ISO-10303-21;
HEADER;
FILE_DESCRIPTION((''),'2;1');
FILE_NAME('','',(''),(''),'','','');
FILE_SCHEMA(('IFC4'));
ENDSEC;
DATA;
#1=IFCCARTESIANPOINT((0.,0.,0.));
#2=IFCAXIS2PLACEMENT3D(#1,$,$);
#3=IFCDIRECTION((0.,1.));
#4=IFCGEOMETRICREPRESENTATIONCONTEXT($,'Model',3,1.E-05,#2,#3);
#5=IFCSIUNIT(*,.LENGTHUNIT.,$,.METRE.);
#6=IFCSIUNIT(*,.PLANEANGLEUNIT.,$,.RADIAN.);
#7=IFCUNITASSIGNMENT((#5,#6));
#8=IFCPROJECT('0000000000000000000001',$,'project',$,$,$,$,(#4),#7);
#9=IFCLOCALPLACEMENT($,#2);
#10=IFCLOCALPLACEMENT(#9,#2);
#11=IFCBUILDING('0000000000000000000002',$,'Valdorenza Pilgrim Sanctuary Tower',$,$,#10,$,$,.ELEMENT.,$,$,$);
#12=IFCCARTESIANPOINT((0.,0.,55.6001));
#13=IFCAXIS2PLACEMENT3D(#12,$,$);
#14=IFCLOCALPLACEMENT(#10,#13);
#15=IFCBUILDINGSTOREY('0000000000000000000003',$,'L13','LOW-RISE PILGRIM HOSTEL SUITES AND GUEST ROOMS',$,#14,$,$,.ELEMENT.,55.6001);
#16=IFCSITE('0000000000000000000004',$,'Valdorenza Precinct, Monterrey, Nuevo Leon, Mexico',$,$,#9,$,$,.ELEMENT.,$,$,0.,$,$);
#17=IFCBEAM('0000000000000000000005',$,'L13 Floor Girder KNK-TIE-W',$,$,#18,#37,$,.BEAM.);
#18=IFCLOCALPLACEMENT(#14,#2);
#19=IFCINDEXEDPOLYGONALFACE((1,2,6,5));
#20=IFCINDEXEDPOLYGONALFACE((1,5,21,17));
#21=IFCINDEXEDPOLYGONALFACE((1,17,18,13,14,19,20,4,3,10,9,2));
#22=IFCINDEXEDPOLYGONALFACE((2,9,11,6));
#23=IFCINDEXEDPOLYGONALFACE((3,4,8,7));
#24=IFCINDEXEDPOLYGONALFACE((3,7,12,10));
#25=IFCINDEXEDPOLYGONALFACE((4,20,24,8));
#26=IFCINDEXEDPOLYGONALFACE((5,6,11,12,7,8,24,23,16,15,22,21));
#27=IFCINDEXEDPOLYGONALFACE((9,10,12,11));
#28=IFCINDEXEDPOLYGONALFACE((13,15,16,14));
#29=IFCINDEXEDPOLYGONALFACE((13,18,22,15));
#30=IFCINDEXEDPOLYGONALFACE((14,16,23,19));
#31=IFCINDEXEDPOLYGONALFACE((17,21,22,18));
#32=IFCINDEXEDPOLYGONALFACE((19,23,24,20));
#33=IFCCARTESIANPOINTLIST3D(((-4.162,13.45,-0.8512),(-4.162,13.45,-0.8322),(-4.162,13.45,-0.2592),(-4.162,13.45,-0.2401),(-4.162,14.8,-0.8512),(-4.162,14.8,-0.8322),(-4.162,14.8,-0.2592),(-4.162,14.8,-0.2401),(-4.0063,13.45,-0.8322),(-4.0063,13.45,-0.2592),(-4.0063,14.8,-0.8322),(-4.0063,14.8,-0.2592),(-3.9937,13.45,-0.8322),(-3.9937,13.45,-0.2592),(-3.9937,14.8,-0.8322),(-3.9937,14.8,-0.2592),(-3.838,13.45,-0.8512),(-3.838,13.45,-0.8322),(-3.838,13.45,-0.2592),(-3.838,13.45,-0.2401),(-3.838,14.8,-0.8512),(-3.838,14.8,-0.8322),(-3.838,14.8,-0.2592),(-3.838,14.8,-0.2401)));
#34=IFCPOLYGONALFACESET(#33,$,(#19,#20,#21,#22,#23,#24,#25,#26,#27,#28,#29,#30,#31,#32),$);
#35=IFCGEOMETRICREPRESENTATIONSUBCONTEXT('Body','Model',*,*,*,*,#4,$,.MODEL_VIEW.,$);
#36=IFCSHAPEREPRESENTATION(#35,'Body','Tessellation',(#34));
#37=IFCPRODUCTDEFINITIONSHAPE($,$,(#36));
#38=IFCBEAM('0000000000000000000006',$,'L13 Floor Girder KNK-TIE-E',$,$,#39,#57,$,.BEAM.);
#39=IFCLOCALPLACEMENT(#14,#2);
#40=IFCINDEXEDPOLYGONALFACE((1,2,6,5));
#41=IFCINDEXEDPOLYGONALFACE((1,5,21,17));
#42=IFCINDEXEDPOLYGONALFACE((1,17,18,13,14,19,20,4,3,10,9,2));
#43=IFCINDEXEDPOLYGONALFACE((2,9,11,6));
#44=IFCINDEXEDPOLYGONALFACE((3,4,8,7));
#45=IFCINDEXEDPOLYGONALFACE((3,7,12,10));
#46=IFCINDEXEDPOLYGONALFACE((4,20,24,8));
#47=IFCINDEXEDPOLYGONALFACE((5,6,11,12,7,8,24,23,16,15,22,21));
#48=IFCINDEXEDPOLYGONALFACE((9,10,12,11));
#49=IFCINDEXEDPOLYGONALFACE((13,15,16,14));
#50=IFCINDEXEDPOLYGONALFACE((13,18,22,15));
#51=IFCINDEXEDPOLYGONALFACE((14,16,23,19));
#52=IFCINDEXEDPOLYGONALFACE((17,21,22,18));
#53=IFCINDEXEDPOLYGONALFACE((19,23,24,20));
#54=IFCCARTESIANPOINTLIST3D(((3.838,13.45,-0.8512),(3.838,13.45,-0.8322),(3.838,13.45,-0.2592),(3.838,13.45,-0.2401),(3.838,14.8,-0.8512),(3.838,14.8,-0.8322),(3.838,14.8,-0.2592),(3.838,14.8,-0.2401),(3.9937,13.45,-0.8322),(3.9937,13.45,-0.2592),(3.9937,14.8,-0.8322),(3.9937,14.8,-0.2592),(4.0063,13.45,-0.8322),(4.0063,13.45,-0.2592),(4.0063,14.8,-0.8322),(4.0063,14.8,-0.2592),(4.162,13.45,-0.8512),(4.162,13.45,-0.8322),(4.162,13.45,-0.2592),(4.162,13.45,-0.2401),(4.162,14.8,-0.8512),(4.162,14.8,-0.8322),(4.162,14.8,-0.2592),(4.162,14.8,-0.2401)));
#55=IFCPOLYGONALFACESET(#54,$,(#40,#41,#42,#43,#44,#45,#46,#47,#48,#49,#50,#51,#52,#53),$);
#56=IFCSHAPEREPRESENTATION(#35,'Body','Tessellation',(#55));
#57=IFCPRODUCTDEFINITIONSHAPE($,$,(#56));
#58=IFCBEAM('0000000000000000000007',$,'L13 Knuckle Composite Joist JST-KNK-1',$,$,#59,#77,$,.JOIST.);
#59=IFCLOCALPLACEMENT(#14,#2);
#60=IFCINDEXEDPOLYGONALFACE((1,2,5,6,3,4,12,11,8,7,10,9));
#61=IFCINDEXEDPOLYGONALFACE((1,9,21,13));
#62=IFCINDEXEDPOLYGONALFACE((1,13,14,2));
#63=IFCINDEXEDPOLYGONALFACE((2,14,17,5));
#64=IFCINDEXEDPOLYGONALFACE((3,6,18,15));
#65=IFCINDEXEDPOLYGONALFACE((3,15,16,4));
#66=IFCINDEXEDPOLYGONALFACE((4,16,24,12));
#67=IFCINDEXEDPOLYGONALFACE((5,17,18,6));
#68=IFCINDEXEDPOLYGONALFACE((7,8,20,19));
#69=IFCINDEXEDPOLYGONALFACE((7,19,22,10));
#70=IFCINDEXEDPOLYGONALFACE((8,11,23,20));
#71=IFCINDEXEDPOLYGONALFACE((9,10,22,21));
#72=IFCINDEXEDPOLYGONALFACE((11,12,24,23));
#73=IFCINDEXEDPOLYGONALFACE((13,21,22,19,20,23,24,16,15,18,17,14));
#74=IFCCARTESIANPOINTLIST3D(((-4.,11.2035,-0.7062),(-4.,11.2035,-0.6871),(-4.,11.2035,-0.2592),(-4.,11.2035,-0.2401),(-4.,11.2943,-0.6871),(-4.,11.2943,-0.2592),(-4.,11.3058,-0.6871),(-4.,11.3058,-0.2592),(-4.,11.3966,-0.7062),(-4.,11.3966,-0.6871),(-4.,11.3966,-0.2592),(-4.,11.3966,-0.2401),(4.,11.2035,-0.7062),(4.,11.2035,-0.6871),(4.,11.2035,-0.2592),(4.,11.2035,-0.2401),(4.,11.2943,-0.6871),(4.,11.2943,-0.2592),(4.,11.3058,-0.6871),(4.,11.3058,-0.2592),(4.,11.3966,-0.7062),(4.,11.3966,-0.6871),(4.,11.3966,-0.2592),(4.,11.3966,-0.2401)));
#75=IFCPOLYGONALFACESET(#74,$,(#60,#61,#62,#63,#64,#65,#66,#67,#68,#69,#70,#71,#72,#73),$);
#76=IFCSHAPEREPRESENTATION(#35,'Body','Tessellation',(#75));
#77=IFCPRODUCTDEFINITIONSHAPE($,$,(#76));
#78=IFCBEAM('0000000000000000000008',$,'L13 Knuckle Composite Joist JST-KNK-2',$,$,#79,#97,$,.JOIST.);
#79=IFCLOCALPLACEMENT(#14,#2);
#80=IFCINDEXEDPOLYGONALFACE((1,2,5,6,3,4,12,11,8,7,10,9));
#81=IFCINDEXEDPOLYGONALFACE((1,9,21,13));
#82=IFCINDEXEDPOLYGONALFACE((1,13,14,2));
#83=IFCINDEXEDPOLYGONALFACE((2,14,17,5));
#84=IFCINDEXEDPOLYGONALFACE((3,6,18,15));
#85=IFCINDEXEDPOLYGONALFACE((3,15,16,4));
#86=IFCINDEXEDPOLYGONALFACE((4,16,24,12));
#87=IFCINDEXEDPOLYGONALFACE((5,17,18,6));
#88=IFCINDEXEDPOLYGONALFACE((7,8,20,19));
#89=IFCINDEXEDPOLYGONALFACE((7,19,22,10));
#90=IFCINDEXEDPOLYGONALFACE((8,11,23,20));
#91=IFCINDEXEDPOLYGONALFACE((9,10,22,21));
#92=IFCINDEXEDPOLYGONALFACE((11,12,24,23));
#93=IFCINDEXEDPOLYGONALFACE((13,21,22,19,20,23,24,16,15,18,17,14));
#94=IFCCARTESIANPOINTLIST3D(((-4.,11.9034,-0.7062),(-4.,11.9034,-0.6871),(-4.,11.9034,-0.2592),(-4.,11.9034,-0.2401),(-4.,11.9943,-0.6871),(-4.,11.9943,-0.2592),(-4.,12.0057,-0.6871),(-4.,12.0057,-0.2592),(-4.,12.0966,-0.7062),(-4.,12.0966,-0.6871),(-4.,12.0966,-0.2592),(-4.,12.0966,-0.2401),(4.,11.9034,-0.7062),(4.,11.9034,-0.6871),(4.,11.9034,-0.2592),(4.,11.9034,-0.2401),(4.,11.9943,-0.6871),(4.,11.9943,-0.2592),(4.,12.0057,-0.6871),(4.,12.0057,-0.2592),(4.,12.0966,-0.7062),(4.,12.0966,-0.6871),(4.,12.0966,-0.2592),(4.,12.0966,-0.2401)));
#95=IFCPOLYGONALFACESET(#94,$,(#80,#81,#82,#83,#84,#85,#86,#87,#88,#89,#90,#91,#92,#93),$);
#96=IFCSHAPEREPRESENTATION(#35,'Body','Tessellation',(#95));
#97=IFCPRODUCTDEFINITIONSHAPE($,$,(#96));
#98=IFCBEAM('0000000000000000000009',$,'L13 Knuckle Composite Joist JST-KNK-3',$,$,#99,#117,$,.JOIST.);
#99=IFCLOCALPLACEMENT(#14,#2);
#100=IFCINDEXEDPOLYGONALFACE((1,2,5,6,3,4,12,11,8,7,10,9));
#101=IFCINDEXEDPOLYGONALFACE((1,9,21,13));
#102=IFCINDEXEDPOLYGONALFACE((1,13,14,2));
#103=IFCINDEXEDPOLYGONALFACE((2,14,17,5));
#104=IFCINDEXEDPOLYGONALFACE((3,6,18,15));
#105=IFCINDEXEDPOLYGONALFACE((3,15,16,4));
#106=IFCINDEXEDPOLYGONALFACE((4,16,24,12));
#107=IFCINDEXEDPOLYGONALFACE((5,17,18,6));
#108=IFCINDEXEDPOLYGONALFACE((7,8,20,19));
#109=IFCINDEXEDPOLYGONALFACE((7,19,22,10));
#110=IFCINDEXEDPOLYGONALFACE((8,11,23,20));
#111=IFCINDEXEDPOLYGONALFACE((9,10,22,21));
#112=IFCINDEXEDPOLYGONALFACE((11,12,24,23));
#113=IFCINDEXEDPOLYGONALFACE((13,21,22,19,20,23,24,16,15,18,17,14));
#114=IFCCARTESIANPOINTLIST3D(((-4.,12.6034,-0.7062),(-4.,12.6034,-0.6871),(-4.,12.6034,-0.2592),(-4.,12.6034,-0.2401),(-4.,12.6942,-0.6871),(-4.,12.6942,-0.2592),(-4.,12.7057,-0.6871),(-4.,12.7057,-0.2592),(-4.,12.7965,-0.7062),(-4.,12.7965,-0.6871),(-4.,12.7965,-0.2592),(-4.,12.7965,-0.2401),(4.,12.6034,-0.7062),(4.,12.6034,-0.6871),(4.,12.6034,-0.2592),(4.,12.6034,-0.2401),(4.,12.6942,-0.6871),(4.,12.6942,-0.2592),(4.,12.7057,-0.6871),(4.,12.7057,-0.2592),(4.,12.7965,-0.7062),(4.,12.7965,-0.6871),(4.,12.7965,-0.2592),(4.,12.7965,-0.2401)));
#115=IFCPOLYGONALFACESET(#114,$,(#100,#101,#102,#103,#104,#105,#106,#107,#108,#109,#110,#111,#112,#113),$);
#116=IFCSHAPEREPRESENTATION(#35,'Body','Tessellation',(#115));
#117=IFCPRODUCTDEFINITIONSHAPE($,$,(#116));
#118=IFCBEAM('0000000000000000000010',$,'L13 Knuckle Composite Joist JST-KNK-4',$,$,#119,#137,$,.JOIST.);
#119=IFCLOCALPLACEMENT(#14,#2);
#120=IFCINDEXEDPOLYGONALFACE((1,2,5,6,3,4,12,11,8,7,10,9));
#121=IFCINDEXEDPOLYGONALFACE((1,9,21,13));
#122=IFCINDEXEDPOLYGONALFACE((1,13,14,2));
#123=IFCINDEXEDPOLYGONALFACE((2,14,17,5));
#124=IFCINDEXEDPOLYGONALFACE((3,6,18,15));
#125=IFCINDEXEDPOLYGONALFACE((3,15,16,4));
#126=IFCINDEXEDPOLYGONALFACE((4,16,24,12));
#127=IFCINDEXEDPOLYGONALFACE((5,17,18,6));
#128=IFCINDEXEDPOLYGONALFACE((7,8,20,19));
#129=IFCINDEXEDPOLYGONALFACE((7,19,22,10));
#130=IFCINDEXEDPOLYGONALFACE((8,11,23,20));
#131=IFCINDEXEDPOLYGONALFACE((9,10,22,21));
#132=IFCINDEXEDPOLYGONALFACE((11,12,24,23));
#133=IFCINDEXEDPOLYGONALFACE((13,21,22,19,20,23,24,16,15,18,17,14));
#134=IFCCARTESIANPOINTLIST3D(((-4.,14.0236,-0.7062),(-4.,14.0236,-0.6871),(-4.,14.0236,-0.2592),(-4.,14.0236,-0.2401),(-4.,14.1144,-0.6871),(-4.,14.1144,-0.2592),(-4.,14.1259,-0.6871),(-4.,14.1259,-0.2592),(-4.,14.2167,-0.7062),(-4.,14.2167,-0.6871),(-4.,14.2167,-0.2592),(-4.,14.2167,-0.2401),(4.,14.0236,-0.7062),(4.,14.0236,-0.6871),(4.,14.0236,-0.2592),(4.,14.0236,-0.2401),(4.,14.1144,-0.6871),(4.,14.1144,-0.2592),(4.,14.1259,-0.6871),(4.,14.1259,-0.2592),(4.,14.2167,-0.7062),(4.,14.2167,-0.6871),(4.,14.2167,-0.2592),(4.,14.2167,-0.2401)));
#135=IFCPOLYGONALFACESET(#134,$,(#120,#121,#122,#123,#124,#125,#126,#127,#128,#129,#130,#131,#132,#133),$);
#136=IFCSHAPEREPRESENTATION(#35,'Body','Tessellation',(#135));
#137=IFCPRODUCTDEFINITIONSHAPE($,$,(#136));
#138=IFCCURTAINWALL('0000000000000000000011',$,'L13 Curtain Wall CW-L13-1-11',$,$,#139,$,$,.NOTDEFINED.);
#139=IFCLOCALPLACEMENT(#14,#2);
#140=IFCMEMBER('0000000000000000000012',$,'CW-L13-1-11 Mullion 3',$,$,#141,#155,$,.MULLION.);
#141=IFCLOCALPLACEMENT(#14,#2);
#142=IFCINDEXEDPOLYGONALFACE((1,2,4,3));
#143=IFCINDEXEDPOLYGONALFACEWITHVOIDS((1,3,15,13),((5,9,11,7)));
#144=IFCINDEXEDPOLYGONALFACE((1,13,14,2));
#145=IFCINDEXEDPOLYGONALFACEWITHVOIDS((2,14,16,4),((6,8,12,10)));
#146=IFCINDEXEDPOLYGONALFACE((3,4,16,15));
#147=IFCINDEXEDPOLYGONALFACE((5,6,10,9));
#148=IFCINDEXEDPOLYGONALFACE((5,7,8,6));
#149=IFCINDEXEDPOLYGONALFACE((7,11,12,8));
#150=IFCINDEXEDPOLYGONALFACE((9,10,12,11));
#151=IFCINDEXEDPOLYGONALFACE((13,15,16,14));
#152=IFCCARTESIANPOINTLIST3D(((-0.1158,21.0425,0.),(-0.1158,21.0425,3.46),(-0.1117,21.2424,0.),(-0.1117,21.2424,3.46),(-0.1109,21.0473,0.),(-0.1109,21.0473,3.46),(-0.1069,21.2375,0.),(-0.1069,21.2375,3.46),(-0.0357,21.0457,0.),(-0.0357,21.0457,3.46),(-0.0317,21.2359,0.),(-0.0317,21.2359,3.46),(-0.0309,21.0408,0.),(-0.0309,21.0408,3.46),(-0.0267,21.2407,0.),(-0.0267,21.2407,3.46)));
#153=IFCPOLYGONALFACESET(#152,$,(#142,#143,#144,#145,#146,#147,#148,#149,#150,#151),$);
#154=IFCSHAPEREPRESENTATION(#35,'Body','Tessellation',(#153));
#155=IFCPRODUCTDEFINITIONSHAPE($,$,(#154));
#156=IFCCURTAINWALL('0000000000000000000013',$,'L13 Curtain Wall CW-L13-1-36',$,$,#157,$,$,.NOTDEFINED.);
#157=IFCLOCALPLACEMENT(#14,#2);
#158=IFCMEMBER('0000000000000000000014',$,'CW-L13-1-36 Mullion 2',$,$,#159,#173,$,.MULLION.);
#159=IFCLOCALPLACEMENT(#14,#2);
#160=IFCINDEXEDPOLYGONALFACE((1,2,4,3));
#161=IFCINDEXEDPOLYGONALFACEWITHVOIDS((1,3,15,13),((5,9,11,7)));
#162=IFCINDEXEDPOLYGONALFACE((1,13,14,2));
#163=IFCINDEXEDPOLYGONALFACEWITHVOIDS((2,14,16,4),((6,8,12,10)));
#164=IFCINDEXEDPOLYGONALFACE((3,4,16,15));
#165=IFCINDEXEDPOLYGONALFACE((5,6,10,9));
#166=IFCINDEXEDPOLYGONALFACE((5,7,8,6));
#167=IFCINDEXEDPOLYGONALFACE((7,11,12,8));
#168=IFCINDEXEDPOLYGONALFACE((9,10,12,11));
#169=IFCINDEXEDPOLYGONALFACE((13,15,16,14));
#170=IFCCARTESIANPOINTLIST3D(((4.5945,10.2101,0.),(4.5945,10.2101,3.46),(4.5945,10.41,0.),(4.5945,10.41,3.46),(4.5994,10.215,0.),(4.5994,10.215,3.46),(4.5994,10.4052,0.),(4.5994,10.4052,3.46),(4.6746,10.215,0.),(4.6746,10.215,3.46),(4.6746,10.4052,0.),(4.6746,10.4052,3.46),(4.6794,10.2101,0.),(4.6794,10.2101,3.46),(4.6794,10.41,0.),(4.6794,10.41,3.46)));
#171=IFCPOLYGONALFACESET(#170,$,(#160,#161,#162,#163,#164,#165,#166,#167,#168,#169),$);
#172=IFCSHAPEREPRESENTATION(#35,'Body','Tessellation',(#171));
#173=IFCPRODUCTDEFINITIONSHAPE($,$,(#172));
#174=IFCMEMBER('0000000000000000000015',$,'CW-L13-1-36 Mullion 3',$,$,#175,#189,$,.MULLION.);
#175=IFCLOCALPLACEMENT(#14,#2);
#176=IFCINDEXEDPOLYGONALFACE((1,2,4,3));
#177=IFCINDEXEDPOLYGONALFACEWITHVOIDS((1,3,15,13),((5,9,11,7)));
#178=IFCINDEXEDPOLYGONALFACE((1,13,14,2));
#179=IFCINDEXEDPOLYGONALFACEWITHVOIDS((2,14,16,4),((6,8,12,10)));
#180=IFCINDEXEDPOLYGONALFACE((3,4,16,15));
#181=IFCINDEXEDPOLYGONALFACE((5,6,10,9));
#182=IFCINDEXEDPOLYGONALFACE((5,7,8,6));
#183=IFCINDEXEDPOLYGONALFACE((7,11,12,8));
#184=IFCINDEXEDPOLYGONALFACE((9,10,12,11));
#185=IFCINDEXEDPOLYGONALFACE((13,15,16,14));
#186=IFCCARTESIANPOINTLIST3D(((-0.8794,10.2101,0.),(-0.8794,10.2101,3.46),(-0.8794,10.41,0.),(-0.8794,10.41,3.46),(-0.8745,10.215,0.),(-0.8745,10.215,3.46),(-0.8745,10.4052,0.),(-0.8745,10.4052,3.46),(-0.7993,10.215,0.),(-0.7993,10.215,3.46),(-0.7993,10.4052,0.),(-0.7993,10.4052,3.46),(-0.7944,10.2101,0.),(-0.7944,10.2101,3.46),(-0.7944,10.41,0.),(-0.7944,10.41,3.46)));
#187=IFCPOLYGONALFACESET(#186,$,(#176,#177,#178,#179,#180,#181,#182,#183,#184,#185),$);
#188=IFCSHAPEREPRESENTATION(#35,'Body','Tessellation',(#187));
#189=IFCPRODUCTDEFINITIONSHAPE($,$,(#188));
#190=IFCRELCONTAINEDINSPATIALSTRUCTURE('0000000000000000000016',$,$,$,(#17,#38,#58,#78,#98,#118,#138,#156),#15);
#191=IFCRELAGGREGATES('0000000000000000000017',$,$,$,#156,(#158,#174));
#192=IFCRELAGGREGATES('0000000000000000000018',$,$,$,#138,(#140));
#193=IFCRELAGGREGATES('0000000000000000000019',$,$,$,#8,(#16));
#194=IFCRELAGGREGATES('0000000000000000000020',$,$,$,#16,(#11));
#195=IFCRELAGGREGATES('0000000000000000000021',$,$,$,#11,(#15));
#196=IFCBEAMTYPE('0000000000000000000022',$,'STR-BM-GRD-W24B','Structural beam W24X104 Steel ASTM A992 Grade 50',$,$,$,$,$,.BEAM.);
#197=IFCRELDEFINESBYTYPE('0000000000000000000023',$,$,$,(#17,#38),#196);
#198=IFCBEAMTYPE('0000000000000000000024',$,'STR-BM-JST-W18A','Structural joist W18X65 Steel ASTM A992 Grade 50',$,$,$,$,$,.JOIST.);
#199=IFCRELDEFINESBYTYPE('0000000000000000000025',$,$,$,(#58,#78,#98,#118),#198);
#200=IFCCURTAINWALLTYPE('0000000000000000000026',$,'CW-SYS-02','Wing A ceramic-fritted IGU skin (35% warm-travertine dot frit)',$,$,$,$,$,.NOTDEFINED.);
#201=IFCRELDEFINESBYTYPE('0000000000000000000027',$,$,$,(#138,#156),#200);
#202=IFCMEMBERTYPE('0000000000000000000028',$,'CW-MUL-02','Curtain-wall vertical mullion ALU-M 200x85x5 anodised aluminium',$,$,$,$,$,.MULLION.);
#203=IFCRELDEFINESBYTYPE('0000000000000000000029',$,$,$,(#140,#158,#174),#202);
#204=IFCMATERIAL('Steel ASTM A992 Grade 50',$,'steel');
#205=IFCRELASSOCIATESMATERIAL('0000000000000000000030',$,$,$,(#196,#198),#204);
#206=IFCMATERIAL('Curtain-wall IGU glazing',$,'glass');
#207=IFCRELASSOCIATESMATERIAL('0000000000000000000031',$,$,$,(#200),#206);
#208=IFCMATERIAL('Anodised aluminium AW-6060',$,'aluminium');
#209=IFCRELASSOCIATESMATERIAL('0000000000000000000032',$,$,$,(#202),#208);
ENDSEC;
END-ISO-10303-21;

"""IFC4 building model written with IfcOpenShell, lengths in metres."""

from ifc_helpers import new_model, si_unit, direction, frame, origin, origin_2d, place, context, subcontext, project, spatial, hollow_rectangle, i_section, extrude, source, transform, mapped, material, material_profile, profile_set, type_object, element, aggregate, save


model = new_model("IFC4")

# Units and contexts
model_context = context("Model", 3, precision=1e-05, world=origin(), true_north=direction((0.0, 1.0)))
body_context = subcontext(model_context, "Body", "Model", "MODEL_VIEW")
ifc_project = project(units=[si_unit("LENGTHUNIT", "METRE"), si_unit("PLANEANGLEUNIT", "RADIAN")], contexts=[model_context])

# Site, building, storey
site_placement = place(None, origin())
site = spatial("IfcSite", under=ifc_project, at=site_placement, Name="Valdorenza Precinct, Monterrey, Nuevo Leon, Mexico", CompositionType="ELEMENT", RefElevation=0.0)
building_placement = place(site_placement, origin())
building = spatial("IfcBuilding", under=site, at=building_placement, Name="Valdorenza Pilgrim Sanctuary Tower", CompositionType="ELEMENT")
storey_placement = place(building_placement, frame((0.0, 0.0, 55.6001)))
storey = spatial("IfcBuildingStorey", under=building, at=storey_placement, Name="L13", Description="LOW-RISE PILGRIM HOSTEL SUITES AND GUEST ROOMS", CompositionType="ELEMENT", Elevation=55.6001)

# Shared definitions
ifc_material_1 = material(Name="Steel ASTM A992 Grade 50", Category="steel")

# Beams
ifc_material_profile_1 = material_profile(ifc_material_1, i_section(OverallWidth=0.324, OverallDepth=0.6111, WebThickness=0.0127, FlangeThickness=0.019, at=origin_2d()), Name="W24X104")
ifc_profile_set_1 = profile_set([ifc_material_profile_1], Name="Steel ASTM A992 Grade 50")
beam_type_1 = type_object("IfcBeamType", Name="STR-BM-GRD-W24B", Description="Structural beam W24X104 Steel ASTM A992 Grade 50", PredefinedType="BEAM", material=ifc_profile_set_1)
shared_shape_1 = source(origin(), body_context, "Body", "SweptSolid", [
    extrude(i_section(OverallWidth=0.324, OverallDepth=0.6111, WebThickness=0.0127, FlangeThickness=0.019, at=origin_2d()), origin(), (0.0, 0.0, 1.0), 1.3501),
])
for number, where, z_axis, x_axis, name in (
    (1, (-4.0, 13.45, -0.5457), (0.0, 1.0, 0.0), (-1.0, 0.0, 0.0), "L13 Floor Girder KNK-TIE-W"),
    (2, (4.0, 13.45, -0.5457), (0.0, 1.0, 0.0), (-1.0, 0.0, 0.0), "L13 Floor Girder KNK-TIE-E"),
):
    element("IfcBeam", number, at=place(storey_placement, frame(where, z_axis=z_axis, x_axis=x_axis)), inside=storey, type_object=beam_type_1, Name=name, PredefinedType="BEAM", context=body_context, shape_type="MappedRepresentation", body=[
        mapped(shared_shape_1, transform((0.0, 0.0, 0.0), x_axis=(1.0, 0.0, 0.0), y_axis=(0.0, 1.0, 0.0), z_axis=(0.0, 0.0, 1.0), scale=1.0)),
    ])
ifc_material_profile_2 = material_profile(ifc_material_1, i_section(OverallWidth=0.1931, OverallDepth=0.4661, WebThickness=0.0115, FlangeThickness=0.019, at=origin_2d()), Name="W18X65")
ifc_profile_set_2 = profile_set([ifc_material_profile_2], Name="Steel ASTM A992 Grade 50")
beam_type_2 = type_object("IfcBeamType", Name="STR-BM-JST-W18A", Description="Structural joist W18X65 Steel ASTM A992 Grade 50", PredefinedType="JOIST", material=ifc_profile_set_2)
shared_shape_2 = source(origin(), body_context, "Body", "SweptSolid", [
    extrude(i_section(OverallWidth=0.1931, OverallDepth=0.4661, WebThickness=0.0115, FlangeThickness=0.019, at=origin_2d()), origin(), (0.0, 0.0, 1.0), 8.0),
])
for number, where, z_axis, x_axis, name in (
    (3, (-4.0, 11.3, -0.4731), (1.0, 0.0, 0.0), (0.0, 1.0, 0.0), "L13 Knuckle Composite Joist JST-KNK-1"),
    (4, (-4.0, 12.0, -0.4731), (1.0, 0.0, 0.0), (0.0, 1.0, 0.0), "L13 Knuckle Composite Joist JST-KNK-2"),
    (5, (-4.0, 12.7, -0.4731), (1.0, 0.0, 0.0), (0.0, 1.0, 0.0), "L13 Knuckle Composite Joist JST-KNK-3"),
    (6, (-4.0, 14.1201, -0.4731), (1.0, 0.0, 0.0), (0.0, 1.0, 0.0), "L13 Knuckle Composite Joist JST-KNK-4"),
):
    element("IfcBeam", number, at=place(storey_placement, frame(where, z_axis=z_axis, x_axis=x_axis)), inside=storey, type_object=beam_type_2, Name=name, PredefinedType="JOIST", context=body_context, shape_type="MappedRepresentation", body=[
        mapped(shared_shape_2, transform((0.0, 0.0, 0.0), x_axis=(1.0, 0.0, 0.0), y_axis=(0.0, 1.0, 0.0), z_axis=(0.0, 0.0, 1.0), scale=1.0)),
    ])

# Curtain wall, member
ifc_material_2 = material(Name="Curtain-wall IGU glazing", Category="glass")
curtain_wall_type = type_object("IfcCurtainWallType", Name="CW-SYS-02", Description="Wing A ceramic-fritted IGU skin (35% warm-travertine dot frit)", PredefinedType="NOTDEFINED", material=ifc_material_2)
curtain_wall_1_placement = place(storey_placement, origin())
curtain_wall_1 = element("IfcCurtainWall", 7, at=curtain_wall_1_placement, inside=storey, type_object=curtain_wall_type, Name="L13 Curtain Wall CW-L13-1-11", PredefinedType="NOTDEFINED")
ifc_material_3 = material(Name="Anodised aluminium AW-6060", Category="aluminium")
ifc_material_profile_3 = material_profile(ifc_material_3, hollow_rectangle(XDim=0.085, YDim=0.2, WallThickness=0.0049, at=origin_2d()), Name="ALU-M 200x85x5")
ifc_profile_set_3 = profile_set([ifc_material_profile_3], Name="Anodised aluminium AW-6060")
member_type = type_object("IfcMemberType", Name="CW-MUL-02", Description="Curtain-wall vertical mullion ALU-M 200x85x5 anodised aluminium", PredefinedType="MULLION", material=ifc_profile_set_3)
shared_shape_3 = source(origin(), body_context, "Body", "SweptSolid", [
    extrude(hollow_rectangle(XDim=0.085, YDim=0.2, WallThickness=0.0049, at=origin_2d()), origin(), (0.0, 0.0, 1.0), 3.46),
])
member_1_placement = place(storey_placement, frame((-0.0713, 21.1416, 0.0), z_axis=(0.0, 0.0, 1.0), x_axis=(0.999783, -0.02082, 0.0)))
member_1 = element("IfcMember", 8, at=member_1_placement, type_object=member_type, Name="CW-L13-1-11 Mullion 3", PredefinedType="MULLION", context=body_context, shape_type="MappedRepresentation", body=[
    mapped(shared_shape_3, transform((0.0, 0.0, 0.0), x_axis=(1.0, 0.0, 0.0), y_axis=(0.0, 1.0, 0.0), z_axis=(0.0, 0.0, 1.0), scale=1.0)),
])

# Curtain wall, members
curtain_wall_2_placement = place(storey_placement, origin())
curtain_wall_2 = element("IfcCurtainWall", 9, at=curtain_wall_2_placement, inside=storey, type_object=curtain_wall_type, Name="L13 Curtain Wall CW-L13-1-36", PredefinedType="NOTDEFINED")
member_2_placement = place(storey_placement, frame((4.637, 10.3101, 0.0), z_axis=(0.0, 0.0, 1.0), x_axis=(-1.0, 0.0, 0.0)))
member_2 = element("IfcMember", 10, at=member_2_placement, type_object=member_type, Name="CW-L13-1-36 Mullion 2", PredefinedType="MULLION", context=body_context, shape_type="MappedRepresentation", body=[
    mapped(shared_shape_3, transform((0.0, 0.0, 0.0), x_axis=(1.0, 0.0, 0.0), y_axis=(0.0, 1.0, 0.0), z_axis=(0.0, 0.0, 1.0), scale=1.0)),
])
member_3_placement = place(storey_placement, frame((-0.8369, 10.3101, 0.0), z_axis=(0.0, 0.0, 1.0), x_axis=(-1.0, 0.0, 0.0)))
member_3 = element("IfcMember", 11, at=member_3_placement, type_object=member_type, Name="CW-L13-1-36 Mullion 3", PredefinedType="MULLION", context=body_context, shape_type="MappedRepresentation", body=[
    mapped(shared_shape_3, transform((0.0, 0.0, 0.0), x_axis=(1.0, 0.0, 0.0), y_axis=(0.0, 1.0, 0.0), z_axis=(0.0, 0.0, 1.0), scale=1.0)),
])

aggregate(curtain_wall_2, [member_2, member_3])
aggregate(curtain_wall_1, [member_1])

save(model, "model.ifc")
